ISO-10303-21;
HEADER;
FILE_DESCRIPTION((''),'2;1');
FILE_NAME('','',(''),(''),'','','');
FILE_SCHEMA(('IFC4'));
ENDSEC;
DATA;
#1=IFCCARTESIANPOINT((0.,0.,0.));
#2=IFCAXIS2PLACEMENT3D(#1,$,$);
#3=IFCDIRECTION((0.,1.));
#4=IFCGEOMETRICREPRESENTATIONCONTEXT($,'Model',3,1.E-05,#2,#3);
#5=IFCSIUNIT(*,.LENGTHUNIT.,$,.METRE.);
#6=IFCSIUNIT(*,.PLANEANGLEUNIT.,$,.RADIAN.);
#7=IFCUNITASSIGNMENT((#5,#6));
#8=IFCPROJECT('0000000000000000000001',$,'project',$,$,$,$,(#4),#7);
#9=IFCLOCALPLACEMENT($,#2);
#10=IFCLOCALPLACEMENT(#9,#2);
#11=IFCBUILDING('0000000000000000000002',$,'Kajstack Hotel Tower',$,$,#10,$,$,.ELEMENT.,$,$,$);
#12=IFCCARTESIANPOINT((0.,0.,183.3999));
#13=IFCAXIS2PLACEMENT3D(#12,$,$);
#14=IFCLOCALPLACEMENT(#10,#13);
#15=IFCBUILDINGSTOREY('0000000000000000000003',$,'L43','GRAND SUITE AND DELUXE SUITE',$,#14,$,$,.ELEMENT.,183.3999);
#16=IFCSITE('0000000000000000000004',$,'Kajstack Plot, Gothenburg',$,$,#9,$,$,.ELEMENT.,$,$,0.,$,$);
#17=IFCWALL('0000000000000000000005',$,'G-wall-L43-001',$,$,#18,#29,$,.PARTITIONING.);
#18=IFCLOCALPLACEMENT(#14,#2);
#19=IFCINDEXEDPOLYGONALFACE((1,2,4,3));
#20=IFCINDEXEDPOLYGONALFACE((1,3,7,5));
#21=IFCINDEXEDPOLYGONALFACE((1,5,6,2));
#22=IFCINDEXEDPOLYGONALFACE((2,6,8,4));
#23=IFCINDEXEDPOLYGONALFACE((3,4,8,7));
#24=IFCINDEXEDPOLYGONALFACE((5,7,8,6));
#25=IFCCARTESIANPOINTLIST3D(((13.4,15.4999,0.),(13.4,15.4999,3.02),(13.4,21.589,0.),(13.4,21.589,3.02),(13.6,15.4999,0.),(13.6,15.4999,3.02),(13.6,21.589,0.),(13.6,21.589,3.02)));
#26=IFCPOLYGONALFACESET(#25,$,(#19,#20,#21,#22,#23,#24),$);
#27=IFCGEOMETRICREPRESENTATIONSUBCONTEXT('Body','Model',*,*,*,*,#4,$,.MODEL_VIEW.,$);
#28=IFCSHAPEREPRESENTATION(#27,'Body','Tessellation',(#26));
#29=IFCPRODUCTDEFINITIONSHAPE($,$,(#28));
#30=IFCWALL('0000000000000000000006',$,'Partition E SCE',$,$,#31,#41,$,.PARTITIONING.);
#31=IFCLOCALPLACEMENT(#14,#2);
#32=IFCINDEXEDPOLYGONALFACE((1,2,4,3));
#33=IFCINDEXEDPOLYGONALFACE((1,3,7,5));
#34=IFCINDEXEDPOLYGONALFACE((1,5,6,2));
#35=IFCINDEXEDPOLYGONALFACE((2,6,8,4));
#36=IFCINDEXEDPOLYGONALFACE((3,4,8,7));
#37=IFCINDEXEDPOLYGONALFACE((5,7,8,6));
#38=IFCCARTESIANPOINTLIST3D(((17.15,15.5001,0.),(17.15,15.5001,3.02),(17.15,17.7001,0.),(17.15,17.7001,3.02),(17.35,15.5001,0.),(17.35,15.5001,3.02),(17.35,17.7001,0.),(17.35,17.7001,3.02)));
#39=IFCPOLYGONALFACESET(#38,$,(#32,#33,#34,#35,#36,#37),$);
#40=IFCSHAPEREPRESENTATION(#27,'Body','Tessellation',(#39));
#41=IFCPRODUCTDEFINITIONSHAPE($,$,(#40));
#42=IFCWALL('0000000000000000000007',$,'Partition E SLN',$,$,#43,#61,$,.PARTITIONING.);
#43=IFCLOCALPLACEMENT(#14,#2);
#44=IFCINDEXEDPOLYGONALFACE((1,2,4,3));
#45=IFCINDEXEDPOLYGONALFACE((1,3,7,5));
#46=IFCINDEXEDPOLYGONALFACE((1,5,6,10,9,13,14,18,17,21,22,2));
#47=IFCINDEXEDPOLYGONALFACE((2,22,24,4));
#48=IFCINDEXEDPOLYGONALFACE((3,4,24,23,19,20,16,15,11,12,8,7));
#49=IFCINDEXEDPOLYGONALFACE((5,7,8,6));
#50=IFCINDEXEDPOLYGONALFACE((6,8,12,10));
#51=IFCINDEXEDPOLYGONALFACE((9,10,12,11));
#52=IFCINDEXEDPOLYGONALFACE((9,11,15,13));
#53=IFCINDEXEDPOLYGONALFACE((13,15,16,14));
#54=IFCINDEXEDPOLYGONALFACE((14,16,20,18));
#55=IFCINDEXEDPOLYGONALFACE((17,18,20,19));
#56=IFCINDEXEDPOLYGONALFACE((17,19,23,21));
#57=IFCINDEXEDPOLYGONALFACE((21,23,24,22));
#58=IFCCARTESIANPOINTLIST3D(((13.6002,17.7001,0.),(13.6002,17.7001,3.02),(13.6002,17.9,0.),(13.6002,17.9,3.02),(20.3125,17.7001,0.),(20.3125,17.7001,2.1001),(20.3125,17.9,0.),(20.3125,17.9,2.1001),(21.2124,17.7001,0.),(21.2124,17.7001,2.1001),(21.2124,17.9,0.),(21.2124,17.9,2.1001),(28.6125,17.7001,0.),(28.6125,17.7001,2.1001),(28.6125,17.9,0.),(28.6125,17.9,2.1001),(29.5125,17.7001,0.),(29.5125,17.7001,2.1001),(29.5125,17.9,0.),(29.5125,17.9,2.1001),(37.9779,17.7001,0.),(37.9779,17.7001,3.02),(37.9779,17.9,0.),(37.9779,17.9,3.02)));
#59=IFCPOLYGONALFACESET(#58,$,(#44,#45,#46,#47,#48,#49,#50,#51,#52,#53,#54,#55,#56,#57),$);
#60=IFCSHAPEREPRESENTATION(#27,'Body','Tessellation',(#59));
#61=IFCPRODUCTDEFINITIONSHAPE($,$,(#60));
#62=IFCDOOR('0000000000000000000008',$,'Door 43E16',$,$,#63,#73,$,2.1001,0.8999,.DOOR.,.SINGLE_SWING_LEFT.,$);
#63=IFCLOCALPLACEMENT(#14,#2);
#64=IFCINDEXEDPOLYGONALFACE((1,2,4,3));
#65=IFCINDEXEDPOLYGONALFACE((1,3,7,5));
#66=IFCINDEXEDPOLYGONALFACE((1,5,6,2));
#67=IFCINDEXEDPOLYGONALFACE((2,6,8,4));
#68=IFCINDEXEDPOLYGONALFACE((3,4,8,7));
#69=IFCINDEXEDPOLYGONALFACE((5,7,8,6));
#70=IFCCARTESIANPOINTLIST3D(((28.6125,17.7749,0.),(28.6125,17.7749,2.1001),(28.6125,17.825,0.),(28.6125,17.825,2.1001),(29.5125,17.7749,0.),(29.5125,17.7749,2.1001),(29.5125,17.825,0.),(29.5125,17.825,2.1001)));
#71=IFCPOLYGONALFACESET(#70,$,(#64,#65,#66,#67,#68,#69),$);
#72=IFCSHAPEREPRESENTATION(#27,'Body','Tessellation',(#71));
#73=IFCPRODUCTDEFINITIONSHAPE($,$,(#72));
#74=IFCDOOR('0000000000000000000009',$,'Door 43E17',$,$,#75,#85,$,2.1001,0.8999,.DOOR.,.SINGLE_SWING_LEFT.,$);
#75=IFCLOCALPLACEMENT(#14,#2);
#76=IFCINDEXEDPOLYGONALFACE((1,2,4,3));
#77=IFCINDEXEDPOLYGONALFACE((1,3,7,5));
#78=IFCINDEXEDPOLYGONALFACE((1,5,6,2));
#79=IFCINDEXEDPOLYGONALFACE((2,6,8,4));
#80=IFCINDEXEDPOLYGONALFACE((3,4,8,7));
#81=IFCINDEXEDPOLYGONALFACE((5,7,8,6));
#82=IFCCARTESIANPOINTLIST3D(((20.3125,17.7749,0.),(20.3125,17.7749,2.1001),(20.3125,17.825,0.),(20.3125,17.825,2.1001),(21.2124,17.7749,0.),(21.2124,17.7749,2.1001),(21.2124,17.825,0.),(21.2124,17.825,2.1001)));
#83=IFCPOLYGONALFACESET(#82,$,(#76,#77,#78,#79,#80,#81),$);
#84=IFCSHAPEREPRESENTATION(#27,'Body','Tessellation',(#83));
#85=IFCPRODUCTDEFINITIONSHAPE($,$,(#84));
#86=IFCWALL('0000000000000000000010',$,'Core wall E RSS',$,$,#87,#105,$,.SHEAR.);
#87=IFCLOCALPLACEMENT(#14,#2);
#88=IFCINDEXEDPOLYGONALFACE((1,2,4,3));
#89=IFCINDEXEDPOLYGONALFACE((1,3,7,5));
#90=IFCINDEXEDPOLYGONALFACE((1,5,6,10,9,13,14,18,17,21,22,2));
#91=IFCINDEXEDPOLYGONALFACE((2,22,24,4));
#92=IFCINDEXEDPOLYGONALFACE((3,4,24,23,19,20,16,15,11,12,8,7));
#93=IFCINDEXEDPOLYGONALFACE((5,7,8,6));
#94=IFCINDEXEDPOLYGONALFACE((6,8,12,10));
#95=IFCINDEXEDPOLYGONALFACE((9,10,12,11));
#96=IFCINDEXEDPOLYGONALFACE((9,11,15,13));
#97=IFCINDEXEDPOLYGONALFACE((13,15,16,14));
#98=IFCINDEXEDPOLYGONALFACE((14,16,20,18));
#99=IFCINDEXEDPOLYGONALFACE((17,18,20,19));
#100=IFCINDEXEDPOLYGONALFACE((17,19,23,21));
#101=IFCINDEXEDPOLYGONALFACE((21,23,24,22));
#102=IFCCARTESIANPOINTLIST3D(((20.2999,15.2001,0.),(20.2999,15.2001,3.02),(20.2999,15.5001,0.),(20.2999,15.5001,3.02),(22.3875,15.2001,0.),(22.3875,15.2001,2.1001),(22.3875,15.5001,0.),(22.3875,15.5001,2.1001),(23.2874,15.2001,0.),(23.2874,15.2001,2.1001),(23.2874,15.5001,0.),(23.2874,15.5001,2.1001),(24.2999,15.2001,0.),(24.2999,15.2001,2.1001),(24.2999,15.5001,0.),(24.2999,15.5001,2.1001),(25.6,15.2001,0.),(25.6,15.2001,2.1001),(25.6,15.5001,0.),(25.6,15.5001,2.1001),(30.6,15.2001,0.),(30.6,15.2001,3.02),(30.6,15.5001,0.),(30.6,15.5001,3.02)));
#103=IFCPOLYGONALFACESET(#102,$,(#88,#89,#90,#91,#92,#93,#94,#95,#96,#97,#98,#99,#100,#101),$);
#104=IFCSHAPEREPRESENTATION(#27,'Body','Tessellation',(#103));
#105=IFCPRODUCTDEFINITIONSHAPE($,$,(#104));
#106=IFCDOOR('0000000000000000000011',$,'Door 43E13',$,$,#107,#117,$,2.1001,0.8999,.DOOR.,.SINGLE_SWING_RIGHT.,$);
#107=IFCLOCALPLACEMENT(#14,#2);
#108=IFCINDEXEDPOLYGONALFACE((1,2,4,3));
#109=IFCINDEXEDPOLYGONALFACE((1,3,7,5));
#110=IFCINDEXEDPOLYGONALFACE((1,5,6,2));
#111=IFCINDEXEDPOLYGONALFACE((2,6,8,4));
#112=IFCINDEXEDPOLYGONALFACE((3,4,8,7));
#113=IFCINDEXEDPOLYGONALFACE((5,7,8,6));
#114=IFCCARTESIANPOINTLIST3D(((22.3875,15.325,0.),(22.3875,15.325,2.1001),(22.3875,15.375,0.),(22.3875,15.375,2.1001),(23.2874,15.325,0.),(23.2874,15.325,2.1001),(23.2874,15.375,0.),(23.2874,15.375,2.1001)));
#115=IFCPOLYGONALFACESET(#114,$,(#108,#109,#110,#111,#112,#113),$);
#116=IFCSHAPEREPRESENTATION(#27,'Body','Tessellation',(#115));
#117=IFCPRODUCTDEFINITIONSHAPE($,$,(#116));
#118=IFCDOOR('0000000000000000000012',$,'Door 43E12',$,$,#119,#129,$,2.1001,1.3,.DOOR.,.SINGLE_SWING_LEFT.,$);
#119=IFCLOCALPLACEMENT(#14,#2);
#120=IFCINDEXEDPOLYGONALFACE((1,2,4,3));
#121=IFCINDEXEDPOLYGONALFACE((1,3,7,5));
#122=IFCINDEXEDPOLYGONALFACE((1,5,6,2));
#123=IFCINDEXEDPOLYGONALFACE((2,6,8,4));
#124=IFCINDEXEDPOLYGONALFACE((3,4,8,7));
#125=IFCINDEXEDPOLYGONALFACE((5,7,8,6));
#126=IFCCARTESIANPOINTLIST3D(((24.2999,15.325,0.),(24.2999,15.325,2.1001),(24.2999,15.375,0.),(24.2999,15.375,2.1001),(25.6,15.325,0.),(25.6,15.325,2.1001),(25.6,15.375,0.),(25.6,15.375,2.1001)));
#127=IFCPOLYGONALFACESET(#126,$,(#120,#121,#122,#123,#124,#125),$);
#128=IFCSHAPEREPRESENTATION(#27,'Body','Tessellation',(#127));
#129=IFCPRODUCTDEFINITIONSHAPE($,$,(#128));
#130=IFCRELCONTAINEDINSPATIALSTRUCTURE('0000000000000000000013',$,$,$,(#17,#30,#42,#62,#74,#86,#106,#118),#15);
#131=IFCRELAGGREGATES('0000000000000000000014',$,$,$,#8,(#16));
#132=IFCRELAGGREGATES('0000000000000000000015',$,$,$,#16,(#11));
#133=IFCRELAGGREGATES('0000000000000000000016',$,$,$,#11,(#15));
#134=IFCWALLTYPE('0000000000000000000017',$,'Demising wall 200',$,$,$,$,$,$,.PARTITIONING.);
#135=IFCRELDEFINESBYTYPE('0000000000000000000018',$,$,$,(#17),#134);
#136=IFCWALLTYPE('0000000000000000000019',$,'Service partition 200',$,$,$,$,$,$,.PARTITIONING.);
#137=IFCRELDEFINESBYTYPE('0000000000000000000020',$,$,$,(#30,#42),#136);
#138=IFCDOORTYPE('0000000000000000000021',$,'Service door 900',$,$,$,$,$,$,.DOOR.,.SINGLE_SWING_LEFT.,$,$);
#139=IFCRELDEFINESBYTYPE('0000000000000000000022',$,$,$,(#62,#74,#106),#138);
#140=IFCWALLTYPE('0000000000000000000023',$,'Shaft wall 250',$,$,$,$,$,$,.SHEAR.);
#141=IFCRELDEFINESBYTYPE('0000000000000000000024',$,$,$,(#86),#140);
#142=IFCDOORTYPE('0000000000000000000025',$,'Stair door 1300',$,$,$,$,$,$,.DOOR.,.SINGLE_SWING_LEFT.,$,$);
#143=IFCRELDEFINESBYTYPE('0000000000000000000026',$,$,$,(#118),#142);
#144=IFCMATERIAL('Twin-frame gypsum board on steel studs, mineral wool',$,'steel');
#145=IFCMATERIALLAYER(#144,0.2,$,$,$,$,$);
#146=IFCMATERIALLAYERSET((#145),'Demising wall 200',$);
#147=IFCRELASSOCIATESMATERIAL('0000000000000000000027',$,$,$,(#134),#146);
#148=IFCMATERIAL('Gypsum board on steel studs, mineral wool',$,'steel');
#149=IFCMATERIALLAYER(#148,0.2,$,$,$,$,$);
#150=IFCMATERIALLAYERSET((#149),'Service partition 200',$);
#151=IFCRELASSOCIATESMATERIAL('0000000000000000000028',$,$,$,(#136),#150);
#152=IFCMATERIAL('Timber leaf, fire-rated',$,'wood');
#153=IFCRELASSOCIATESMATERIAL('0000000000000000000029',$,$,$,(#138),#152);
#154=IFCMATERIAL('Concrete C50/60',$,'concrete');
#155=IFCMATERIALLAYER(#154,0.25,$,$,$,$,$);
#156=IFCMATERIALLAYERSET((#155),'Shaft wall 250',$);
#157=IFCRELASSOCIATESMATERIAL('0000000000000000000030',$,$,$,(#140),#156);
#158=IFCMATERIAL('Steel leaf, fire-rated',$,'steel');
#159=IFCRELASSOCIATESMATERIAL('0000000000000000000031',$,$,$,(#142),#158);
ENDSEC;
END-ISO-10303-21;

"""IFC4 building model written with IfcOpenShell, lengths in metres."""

from ifc_helpers import new_model, si_unit, direction, frame, frame_2d, origin, place, context, subcontext, project, spatial, rectangle, extrude, material, layer, layer_set, type_object, element, fill, save


model = new_model("IFC4")

# Units and contexts
model_context = context("Model", 3, precision=1e-05, world=origin(), true_north=direction((0.0, 1.0)))
body_context = subcontext(model_context, "Body", "Model", "MODEL_VIEW")
ifc_project = project(units=[si_unit("LENGTHUNIT", "METRE"), si_unit("PLANEANGLEUNIT", "RADIAN")], contexts=[model_context])

# Site, building, storey
site_placement = place(None, origin())
site = spatial("IfcSite", under=ifc_project, at=site_placement, Name="Kajstack Plot, Gothenburg", CompositionType="ELEMENT", RefElevation=0.0)
building_placement = place(site_placement, origin())
building = spatial("IfcBuilding", under=site, at=building_placement, Name="Kajstack Hotel Tower", CompositionType="ELEMENT")
storey_placement = place(building_placement, frame((0.0, 0.0, 183.3999)))
storey = spatial("IfcBuildingStorey", under=building, at=storey_placement, Name="L43", Description="GRAND SUITE AND DELUXE SUITE", CompositionType="ELEMENT", Elevation=183.3999)

# Wall
ifc_material_1 = material(Name="Twin-frame gypsum board on steel studs, mineral wool", Category="steel")
ifc_layer_1 = layer(ifc_material_1, 0.2)
ifc_layer_set_1 = layer_set([ifc_layer_1], Name="Demising wall 200")
wall_type_1 = type_object("IfcWallType", Name="Demising wall 200", PredefinedType="PARTITIONING", material=ifc_layer_set_1)
wall_1_placement = place(storey_placement, frame((13.5, 15.5, 0.0), z_axis=(0.0, 0.0, 1.0), x_axis=(0.0, 1.0, 0.0)))
element("IfcWall", 1, at=wall_1_placement, inside=storey, type_object=wall_type_1, Name="G-wall-L43-001", PredefinedType="PARTITIONING", context=body_context, shape_type="SweptSolid", body=[
    extrude(rectangle(XDim=6.0891, YDim=0.2, at=frame_2d((3.0444, 0.0))), origin(), (0.0, 0.0, 1.0), 3.02),
])

# Wall
ifc_material_2 = material(Name="Gypsum board on steel studs, mineral wool", Category="steel")
ifc_layer_2 = layer(ifc_material_2, 0.2)
ifc_layer_set_2 = layer_set([ifc_layer_2], Name="Service partition 200")
wall_type_2 = type_object("IfcWallType", Name="Service partition 200", PredefinedType="PARTITIONING", material=ifc_layer_set_2)
wall_2_placement = place(storey_placement, frame((17.25, 15.5, 0.0), z_axis=(0.0, 0.0, 1.0), x_axis=(0.0, 1.0, 0.0)))
element("IfcWall", 2, at=wall_2_placement, inside=storey, type_object=wall_type_2, Name="Partition E SCE", PredefinedType="PARTITIONING", context=body_context, shape_type="SweptSolid", body=[
    extrude(rectangle(XDim=2.2, YDim=0.2, at=frame_2d((1.1001, 0.0))), origin(), (0.0, 0.0, 1.0), 3.02),
])

# Walls, openings, doors
wall_3_placement = place(storey_placement, frame((13.6001, 17.8, 0.0), z_axis=(0.0, 0.0, 1.0), x_axis=(1.0, 0.0, 0.0)))
wall_3 = element("IfcWall", 3, at=wall_3_placement, inside=storey, type_object=wall_type_2, Name="Partition E SLN", PredefinedType="PARTITIONING", context=body_context, shape_type="SweptSolid", body=[
    extrude(rectangle(XDim=24.3777, YDim=0.2, at=frame_2d((12.189, 0.0))), origin(), (0.0, 0.0, 1.0), 3.02),
])
opening_1_placement = place(wall_3_placement, frame((15.0125, 0.0, 0.0)))
opening_1 = element("IfcOpeningElement", 4, at=opening_1_placement, cuts=wall_3, PredefinedType="OPENING", context=body_context, shape_type="SweptSolid", body=[
    extrude(rectangle(XDim=0.8999, YDim=2.1001, at=frame_2d((0.45, 1.05))), frame((0.0, 0.1099, 0.0), z_axis=(0.0, -1.0, 0.0), x_axis=(1.0, 0.0, 0.0)), (0.0, 0.0, 1.0), 0.22),
])
opening_2_placement = place(wall_3_placement, frame((6.7124, 0.0, 0.0)))
opening_2 = element("IfcOpeningElement", 5, at=opening_2_placement, cuts=wall_3, PredefinedType="OPENING", context=body_context, shape_type="SweptSolid", body=[
    extrude(rectangle(XDim=0.8999, YDim=2.1001, at=frame_2d((0.45, 1.05))), frame((0.0, 0.1099, 0.0), z_axis=(0.0, -1.0, 0.0), x_axis=(1.0, 0.0, 0.0)), (0.0, 0.0, 1.0), 0.22),
])
ifc_material_3 = material(Name="Timber leaf, fire-rated", Category="wood")
door_type_1 = type_object("IfcDoorType", Name="Service door 900", OperationType="SINGLE_SWING_LEFT", PredefinedType="DOOR", material=ifc_material_3)
door_1_placement = place(opening_1_placement, origin())
door_1 = element("IfcDoor", 6, at=door_1_placement, inside=storey, type_object=door_type_1, Name="Door 43E16", OperationType="SINGLE_SWING_LEFT", OverallHeight=2.1001, OverallWidth=0.8999, PredefinedType="DOOR", context=body_context, shape_type="SweptSolid", body=[
    extrude(rectangle(XDim=0.8999, YDim=2.1001, at=frame_2d((0.45, 1.05))), frame((0.0, 0.0249, 0.0), z_axis=(0.0, -1.0, 0.0), x_axis=(1.0, 0.0, 0.0)), (0.0, 0.0, 1.0), 0.05),
])
fill(opening_1, door_1)
door_2_placement = place(opening_2_placement, origin())
door_2 = element("IfcDoor", 7, at=door_2_placement, inside=storey, type_object=door_type_1, Name="Door 43E17", OperationType="SINGLE_SWING_LEFT", OverallHeight=2.1001, OverallWidth=0.8999, PredefinedType="DOOR", context=body_context, shape_type="SweptSolid", body=[
    extrude(rectangle(XDim=0.8999, YDim=2.1001, at=frame_2d((0.45, 1.05))), frame((0.0, 0.0249, 0.0), z_axis=(0.0, -1.0, 0.0), x_axis=(1.0, 0.0, 0.0)), (0.0, 0.0, 1.0), 0.05),
])
fill(opening_2, door_2)
ifc_material_4 = material(Name="Concrete C50/60", Category="concrete")
ifc_layer_3 = layer(ifc_material_4, 0.25)
ifc_layer_set_3 = layer_set([ifc_layer_3], Name="Shaft wall 250")
wall_type_3 = type_object("IfcWallType", Name="Shaft wall 250", PredefinedType="SHEAR", material=ifc_layer_set_3)
wall_4_placement = place(storey_placement, frame((20.3, 15.3501, 0.0), z_axis=(0.0, 0.0, 1.0), x_axis=(1.0, 0.0, 0.0)))
wall_4 = element("IfcWall", 8, at=wall_4_placement, inside=storey, type_object=wall_type_3, Name="Core wall E RSS", PredefinedType="SHEAR", context=body_context, shape_type="SweptSolid", body=[
    extrude(rectangle(XDim=10.3, YDim=0.3, at=frame_2d((5.1499, 0.0))), origin(), (0.0, 0.0, 1.0), 3.02),
])
opening_3_placement = place(wall_4_placement, frame((4.0, 0.0, 0.0)))
opening_3 = element("IfcOpeningElement", 9, at=opening_3_placement, cuts=wall_4, PredefinedType="OPENING", context=body_context, shape_type="SweptSolid", body=[
    extrude(rectangle(XDim=1.3, YDim=2.1001, at=frame_2d((0.6499, 1.05))), frame((0.0, 0.1599, 0.0), z_axis=(0.0, -1.0, 0.0), x_axis=(1.0, 0.0, 0.0)), (0.0, 0.0, 1.0), 0.3201),
])
opening_4_placement = place(wall_4_placement, frame((2.0874, 0.0, 0.0)))
opening_4 = element("IfcOpeningElement", 10, at=opening_4_placement, cuts=wall_4, PredefinedType="OPENING", context=body_context, shape_type="SweptSolid", body=[
    extrude(rectangle(XDim=0.8999, YDim=2.1001, at=frame_2d((0.45, 1.05))), frame((0.0, 0.1599, 0.0), z_axis=(0.0, -1.0, 0.0), x_axis=(1.0, 0.0, 0.0)), (0.0, 0.0, 1.0), 0.3201),
])
door_3_placement = place(opening_4_placement, origin())
door_3 = element("IfcDoor", 11, at=door_3_placement, inside=storey, type_object=door_type_1, Name="Door 43E13", OperationType="SINGLE_SWING_RIGHT", OverallHeight=2.1001, OverallWidth=0.8999, PredefinedType="DOOR", context=body_context, shape_type="SweptSolid", body=[
    extrude(rectangle(XDim=0.8999, YDim=2.1001, at=frame_2d((0.45, 1.05))), frame((0.0, 0.0249, 0.0), z_axis=(0.0, -1.0, 0.0), x_axis=(1.0, 0.0, 0.0)), (0.0, 0.0, 1.0), 0.05),
])
fill(opening_4, door_3)
ifc_material_5 = material(Name="Steel leaf, fire-rated", Category="steel")
door_type_2 = type_object("IfcDoorType", Name="Stair door 1300", OperationType="SINGLE_SWING_LEFT", PredefinedType="DOOR", material=ifc_material_5)
door_4_placement = place(opening_3_placement, origin())
door_4 = element("IfcDoor", 12, at=door_4_placement, inside=storey, type_object=door_type_2, Name="Door 43E12", OperationType="SINGLE_SWING_LEFT", OverallHeight=2.1001, OverallWidth=1.3, PredefinedType="DOOR", context=body_context, shape_type="SweptSolid", body=[
    extrude(rectangle(XDim=1.3, YDim=2.1001, at=frame_2d((0.6499, 1.05))), frame((0.0, 0.0249, 0.0), z_axis=(0.0, -1.0, 0.0), x_axis=(1.0, 0.0, 0.0)), (0.0, 0.0, 1.0), 0.05),
])
fill(opening_3, door_4)

save(model, "model.ifc")
